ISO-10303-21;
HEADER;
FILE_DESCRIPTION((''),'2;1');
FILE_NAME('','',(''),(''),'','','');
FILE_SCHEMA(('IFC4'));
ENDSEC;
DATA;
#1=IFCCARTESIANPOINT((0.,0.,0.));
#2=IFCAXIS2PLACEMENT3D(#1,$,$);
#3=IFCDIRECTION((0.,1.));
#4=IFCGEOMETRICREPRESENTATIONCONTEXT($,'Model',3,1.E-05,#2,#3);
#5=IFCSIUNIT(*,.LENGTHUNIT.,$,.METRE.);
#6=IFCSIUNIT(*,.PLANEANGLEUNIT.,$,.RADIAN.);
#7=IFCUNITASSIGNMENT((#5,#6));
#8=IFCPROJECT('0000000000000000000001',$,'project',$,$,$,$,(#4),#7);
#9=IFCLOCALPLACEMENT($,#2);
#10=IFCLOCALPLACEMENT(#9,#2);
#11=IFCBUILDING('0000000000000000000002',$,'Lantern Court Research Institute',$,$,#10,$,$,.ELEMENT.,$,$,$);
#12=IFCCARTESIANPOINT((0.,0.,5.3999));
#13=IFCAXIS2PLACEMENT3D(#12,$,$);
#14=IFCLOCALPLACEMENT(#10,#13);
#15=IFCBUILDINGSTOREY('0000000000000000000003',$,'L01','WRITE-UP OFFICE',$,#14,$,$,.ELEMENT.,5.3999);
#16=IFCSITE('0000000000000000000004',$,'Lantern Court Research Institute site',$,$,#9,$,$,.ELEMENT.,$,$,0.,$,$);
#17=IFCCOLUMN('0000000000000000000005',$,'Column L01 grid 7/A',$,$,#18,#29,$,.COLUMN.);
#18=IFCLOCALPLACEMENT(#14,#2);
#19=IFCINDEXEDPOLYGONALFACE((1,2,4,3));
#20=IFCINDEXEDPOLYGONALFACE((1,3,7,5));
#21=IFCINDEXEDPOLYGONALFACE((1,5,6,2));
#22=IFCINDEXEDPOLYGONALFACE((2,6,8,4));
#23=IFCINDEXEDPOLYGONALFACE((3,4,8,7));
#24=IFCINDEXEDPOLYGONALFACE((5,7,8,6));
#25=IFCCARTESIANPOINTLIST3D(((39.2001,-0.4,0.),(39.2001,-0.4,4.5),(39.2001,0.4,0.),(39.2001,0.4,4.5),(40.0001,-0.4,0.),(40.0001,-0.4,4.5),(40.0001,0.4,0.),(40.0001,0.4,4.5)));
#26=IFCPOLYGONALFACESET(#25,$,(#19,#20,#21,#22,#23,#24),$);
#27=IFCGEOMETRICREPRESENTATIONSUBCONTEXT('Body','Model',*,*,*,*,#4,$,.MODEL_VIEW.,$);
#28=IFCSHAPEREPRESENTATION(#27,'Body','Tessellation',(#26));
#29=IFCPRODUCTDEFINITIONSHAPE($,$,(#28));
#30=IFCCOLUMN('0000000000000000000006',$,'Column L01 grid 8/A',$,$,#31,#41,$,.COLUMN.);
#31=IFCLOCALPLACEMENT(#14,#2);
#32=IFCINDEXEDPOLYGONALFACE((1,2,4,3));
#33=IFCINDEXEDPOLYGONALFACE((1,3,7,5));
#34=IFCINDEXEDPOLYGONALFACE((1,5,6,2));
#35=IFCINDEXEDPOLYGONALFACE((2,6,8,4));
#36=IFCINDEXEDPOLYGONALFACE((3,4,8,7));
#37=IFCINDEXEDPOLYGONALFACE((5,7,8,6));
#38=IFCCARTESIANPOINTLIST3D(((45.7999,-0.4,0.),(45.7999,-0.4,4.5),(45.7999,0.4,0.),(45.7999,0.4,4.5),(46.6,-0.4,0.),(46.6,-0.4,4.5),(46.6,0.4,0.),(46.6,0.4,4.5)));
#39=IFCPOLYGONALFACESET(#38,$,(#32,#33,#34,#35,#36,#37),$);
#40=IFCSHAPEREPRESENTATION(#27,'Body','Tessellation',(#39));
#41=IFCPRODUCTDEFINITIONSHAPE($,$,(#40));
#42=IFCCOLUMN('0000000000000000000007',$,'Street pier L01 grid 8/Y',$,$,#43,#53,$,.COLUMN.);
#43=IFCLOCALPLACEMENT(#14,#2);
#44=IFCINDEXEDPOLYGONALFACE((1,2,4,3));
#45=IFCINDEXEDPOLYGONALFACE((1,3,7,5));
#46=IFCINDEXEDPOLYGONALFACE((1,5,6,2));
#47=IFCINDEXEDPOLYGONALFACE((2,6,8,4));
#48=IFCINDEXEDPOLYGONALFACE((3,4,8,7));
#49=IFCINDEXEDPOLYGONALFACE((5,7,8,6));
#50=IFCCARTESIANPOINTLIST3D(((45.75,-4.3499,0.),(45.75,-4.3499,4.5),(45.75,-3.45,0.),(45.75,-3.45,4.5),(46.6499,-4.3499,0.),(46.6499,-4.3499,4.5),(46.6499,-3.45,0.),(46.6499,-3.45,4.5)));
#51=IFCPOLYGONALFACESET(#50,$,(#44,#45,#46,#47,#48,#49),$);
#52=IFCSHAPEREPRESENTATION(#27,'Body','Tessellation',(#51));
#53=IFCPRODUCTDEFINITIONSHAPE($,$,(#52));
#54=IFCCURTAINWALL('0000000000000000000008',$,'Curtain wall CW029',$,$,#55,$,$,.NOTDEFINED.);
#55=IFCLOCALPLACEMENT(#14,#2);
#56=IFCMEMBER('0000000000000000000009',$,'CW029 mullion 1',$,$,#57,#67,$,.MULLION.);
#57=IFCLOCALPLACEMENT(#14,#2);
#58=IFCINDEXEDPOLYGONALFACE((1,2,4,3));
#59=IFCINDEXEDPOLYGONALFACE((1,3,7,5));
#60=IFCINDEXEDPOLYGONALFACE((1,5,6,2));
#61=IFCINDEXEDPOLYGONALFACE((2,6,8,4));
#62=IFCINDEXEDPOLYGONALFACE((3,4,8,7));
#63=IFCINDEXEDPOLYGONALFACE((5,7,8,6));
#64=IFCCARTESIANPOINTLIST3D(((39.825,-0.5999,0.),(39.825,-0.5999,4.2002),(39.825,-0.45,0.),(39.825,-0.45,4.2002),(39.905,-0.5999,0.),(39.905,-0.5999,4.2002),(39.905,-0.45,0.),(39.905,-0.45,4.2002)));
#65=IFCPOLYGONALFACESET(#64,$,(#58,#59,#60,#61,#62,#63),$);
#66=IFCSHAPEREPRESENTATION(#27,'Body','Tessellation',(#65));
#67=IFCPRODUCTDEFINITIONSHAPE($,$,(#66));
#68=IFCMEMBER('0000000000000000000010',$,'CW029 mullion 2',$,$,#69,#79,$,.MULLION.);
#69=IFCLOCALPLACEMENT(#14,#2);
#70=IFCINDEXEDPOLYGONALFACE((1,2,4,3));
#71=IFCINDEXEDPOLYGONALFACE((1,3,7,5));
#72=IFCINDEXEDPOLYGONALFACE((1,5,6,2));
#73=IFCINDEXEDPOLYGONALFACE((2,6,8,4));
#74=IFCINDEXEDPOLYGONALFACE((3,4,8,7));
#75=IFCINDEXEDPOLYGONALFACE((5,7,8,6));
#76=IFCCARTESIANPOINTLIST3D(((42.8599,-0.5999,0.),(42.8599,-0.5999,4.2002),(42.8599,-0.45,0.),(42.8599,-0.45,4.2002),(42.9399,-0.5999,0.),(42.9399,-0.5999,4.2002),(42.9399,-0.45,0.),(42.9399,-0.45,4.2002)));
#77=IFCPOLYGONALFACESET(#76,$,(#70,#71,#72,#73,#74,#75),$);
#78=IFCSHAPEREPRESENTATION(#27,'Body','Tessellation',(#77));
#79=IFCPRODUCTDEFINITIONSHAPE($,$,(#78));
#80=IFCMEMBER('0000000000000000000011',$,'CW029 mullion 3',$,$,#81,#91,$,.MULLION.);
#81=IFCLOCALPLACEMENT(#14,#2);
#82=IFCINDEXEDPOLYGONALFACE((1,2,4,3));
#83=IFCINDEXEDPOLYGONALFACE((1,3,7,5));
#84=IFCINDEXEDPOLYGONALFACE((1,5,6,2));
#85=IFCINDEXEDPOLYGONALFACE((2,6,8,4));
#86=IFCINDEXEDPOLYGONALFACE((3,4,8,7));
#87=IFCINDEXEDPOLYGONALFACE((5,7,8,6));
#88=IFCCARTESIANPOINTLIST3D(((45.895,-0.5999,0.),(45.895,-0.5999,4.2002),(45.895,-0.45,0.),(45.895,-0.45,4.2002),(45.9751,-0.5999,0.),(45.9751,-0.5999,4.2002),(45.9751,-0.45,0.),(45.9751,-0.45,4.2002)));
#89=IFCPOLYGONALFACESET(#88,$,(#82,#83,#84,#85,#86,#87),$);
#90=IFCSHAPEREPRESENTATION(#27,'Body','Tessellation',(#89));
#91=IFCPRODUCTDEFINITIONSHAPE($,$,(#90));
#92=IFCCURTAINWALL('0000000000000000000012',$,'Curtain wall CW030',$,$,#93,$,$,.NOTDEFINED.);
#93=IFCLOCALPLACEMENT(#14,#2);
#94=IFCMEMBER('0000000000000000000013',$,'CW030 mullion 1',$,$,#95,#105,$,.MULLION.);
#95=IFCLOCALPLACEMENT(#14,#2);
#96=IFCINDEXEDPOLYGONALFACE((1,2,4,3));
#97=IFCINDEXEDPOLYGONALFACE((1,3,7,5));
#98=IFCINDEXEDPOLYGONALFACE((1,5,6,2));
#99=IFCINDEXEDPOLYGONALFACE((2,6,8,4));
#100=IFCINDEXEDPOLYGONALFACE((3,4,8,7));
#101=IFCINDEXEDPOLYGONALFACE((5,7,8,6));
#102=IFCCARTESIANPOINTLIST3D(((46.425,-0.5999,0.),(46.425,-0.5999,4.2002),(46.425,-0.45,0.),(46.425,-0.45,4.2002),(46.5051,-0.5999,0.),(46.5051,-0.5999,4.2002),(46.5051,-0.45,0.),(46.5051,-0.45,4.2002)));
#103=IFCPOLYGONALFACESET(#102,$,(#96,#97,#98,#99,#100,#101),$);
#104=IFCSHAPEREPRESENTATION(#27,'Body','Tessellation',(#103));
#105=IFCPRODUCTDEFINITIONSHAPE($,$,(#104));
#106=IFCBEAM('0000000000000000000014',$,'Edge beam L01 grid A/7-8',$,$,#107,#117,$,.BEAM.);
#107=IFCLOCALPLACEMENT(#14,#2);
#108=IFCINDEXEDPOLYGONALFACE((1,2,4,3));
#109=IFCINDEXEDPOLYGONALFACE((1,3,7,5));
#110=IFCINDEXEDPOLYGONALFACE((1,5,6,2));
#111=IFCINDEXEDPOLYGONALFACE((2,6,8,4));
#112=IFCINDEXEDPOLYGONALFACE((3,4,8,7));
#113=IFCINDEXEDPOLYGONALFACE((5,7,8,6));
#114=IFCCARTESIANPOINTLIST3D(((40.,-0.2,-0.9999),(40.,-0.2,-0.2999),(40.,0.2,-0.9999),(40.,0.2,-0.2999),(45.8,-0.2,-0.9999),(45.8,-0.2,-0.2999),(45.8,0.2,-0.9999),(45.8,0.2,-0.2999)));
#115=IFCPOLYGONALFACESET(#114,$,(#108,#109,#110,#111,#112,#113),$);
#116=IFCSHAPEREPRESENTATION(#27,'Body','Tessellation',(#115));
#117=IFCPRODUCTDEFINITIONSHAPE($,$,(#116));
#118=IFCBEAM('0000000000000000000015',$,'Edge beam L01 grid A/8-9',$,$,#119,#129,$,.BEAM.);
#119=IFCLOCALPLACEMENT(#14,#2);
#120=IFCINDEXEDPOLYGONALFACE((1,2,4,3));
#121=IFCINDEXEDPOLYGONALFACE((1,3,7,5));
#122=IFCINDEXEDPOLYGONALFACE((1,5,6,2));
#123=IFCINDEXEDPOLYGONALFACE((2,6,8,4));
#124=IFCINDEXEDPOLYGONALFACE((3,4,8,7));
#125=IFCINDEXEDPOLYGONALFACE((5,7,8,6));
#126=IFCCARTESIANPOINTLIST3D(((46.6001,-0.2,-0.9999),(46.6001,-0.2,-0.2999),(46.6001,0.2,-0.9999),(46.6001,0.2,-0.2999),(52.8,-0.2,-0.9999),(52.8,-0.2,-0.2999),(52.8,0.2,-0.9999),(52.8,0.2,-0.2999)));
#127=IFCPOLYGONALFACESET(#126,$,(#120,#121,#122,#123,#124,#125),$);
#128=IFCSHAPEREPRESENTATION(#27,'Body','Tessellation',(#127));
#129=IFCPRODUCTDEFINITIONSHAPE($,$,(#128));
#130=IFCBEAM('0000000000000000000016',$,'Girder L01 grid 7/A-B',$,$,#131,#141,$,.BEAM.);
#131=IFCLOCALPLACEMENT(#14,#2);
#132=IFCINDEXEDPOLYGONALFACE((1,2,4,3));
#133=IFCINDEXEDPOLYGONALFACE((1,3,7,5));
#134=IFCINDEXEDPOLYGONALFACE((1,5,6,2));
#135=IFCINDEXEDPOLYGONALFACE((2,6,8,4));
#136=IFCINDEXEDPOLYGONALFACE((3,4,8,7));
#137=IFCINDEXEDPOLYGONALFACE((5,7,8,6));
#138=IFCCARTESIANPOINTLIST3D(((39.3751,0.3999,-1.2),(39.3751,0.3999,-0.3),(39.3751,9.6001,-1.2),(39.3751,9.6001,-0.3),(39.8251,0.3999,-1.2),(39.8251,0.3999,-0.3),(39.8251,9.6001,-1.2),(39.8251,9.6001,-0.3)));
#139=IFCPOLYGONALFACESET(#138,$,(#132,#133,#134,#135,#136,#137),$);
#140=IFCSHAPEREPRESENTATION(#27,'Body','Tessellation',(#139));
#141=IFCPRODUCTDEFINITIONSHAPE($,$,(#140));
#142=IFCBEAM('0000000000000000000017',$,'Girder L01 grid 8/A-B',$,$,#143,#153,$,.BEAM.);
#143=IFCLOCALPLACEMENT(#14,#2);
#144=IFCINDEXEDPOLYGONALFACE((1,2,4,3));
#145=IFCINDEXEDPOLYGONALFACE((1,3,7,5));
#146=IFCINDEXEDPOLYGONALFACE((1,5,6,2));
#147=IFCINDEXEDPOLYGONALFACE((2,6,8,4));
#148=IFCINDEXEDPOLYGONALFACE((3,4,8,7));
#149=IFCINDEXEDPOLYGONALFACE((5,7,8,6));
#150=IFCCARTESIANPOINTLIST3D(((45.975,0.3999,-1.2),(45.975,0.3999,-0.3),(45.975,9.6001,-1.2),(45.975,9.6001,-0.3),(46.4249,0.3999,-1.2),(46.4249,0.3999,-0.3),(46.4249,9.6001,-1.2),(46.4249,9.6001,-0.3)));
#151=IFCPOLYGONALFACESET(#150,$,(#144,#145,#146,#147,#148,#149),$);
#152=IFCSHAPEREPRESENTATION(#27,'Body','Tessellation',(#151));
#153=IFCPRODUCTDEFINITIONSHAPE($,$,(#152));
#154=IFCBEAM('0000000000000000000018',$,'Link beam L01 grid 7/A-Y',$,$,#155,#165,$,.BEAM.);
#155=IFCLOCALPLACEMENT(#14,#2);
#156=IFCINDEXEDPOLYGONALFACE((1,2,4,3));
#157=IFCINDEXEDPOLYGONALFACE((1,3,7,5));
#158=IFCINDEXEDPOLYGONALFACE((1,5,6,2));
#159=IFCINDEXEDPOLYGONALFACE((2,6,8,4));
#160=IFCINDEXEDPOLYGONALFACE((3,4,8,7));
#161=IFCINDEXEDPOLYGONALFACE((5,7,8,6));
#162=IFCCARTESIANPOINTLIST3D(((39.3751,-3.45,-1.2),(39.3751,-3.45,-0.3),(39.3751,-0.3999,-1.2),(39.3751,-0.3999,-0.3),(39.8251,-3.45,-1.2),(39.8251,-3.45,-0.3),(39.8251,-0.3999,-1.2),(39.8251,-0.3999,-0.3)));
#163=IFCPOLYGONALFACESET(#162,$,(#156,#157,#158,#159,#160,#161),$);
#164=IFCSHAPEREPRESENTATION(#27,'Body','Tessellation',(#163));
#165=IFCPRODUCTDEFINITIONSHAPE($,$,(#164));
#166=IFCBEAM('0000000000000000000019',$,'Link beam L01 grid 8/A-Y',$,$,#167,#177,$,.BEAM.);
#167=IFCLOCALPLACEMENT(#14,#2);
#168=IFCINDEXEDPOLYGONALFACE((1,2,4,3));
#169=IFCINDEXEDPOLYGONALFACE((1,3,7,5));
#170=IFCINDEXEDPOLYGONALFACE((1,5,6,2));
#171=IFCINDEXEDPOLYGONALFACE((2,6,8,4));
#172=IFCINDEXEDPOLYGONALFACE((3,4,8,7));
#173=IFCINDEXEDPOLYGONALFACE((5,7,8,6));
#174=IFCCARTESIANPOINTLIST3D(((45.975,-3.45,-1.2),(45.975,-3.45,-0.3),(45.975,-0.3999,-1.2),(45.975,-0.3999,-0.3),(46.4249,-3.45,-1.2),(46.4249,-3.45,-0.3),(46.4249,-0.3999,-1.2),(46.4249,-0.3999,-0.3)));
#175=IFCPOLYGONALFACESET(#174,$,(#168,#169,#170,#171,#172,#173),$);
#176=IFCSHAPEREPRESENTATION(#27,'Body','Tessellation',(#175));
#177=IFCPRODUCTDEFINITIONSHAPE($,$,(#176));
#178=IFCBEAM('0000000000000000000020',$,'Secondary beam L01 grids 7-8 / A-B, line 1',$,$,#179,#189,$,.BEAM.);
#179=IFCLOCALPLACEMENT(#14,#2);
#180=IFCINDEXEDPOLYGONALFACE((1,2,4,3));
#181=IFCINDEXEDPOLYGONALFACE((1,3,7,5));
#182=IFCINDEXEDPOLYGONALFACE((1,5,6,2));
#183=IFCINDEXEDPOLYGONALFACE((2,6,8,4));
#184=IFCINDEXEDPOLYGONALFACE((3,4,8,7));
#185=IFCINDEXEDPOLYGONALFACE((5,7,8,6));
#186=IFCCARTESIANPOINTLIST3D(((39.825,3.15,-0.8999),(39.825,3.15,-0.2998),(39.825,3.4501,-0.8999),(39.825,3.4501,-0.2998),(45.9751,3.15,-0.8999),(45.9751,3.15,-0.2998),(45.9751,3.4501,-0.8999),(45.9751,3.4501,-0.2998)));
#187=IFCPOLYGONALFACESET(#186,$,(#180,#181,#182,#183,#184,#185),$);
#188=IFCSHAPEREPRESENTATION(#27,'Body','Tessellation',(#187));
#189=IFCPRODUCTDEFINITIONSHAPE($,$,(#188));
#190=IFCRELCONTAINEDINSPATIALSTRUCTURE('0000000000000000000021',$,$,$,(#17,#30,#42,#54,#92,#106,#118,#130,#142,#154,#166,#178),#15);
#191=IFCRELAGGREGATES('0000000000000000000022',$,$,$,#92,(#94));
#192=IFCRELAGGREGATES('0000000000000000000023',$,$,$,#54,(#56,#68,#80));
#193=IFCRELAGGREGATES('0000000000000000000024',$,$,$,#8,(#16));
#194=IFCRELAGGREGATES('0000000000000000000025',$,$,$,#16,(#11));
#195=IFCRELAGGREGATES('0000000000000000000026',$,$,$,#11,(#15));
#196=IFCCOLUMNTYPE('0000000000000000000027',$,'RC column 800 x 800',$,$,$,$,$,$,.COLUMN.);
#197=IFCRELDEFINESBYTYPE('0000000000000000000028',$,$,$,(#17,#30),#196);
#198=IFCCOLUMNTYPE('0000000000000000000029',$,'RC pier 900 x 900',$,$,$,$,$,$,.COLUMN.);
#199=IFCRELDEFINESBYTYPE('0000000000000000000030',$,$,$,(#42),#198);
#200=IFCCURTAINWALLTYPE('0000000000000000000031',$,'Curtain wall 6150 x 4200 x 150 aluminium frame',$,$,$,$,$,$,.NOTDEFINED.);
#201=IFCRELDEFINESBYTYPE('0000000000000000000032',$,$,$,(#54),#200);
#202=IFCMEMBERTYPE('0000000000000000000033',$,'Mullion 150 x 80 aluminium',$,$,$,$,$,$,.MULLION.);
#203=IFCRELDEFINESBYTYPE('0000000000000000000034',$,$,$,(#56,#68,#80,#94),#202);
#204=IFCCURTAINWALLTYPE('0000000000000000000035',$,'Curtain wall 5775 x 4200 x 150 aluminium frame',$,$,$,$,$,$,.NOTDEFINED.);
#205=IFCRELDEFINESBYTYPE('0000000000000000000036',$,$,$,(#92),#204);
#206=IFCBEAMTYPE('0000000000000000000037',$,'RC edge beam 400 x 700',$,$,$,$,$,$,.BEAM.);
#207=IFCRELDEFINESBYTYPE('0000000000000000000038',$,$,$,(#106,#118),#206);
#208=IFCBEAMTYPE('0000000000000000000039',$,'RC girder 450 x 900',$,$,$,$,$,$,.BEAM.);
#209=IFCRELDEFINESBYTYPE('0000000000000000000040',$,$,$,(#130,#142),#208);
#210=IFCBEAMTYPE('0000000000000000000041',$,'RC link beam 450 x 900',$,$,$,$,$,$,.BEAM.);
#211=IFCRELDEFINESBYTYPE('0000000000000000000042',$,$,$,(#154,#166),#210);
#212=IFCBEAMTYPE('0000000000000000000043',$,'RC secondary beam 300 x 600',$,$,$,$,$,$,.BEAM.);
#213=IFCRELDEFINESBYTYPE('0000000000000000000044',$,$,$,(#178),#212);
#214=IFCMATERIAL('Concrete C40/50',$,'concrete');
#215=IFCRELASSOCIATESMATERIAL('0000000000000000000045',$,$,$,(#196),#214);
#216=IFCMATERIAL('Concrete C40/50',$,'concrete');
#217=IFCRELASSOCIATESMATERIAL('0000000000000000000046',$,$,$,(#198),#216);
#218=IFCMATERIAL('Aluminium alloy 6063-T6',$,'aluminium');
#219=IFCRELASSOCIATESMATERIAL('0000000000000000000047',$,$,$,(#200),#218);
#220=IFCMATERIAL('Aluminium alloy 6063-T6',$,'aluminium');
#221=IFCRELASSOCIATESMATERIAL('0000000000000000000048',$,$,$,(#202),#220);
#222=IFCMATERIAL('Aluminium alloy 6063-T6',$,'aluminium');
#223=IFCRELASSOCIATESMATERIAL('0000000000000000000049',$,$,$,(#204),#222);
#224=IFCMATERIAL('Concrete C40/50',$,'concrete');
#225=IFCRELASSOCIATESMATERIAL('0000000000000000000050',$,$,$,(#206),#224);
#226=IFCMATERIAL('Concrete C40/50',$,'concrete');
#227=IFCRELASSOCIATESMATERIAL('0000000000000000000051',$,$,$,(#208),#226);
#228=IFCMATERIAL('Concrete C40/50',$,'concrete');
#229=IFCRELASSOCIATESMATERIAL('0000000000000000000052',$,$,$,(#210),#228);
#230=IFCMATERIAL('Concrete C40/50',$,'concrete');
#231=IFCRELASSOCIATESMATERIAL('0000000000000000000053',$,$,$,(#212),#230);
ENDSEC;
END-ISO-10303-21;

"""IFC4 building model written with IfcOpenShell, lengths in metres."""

from ifc_helpers import new_model, si_unit, direction, frame, origin, origin_2d, place, context, subcontext, project, spatial, rectangle, extrude, material, material_profile, profile_set, type_object, element, aggregate, save


model = new_model("IFC4")

# Units and contexts
model_context = context("Model", 3, precision=1e-05, world=origin(), true_north=direction((0.0, 1.0)))
body_context = subcontext(model_context, "Body", "Model", "MODEL_VIEW")
ifc_project = project(units=[si_unit("LENGTHUNIT", "METRE"), si_unit("PLANEANGLEUNIT", "RADIAN")], contexts=[model_context])

# Site, building, storey
site_placement = place(None, origin())
site = spatial("IfcSite", under=ifc_project, at=site_placement, Name="Lantern Court Research Institute site", CompositionType="ELEMENT", RefElevation=0.0)
building_placement = place(site_placement, origin())
building = spatial("IfcBuilding", under=site, at=building_placement, Name="Lantern Court Research Institute", CompositionType="ELEMENT")
storey_placement = place(building_placement, frame((0.0, 0.0, 5.3999)))
storey = spatial("IfcBuildingStorey", under=building, at=storey_placement, Name="L01", Description="WRITE-UP OFFICE", CompositionType="ELEMENT", Elevation=5.3999)

# Columns
ifc_material_1 = material(Name="Concrete C40/50", Category="concrete")
ifc_material_profile_1 = material_profile(ifc_material_1, rectangle(XDim=0.8, YDim=0.8, at=origin_2d()), Name="RC column 800 x 800")
ifc_profile_set_1 = profile_set([ifc_material_profile_1], Name="Concrete C40/50")
column_type_1 = type_object("IfcColumnType", Name="RC column 800 x 800", PredefinedType="COLUMN", material=ifc_profile_set_1)
for number, where, z_axis, x_axis, name in (
    (1, (39.6001, 0.0, 0.0), (0.0, 0.0, 1.0), (1.0, 0.0, 0.0), "Column L01 grid 7/A"),
    (2, (46.2, 0.0, 0.0), (0.0, 0.0, 1.0), (1.0, 0.0, 0.0), "Column L01 grid 8/A"),
):
    element("IfcColumn", number, at=place(storey_placement, frame(where, z_axis=z_axis, x_axis=x_axis)), inside=storey, type_object=column_type_1, Name=name, PredefinedType="COLUMN", context=body_context, shape_type="SweptSolid", body=[
        extrude(rectangle(XDim=0.8, YDim=0.8, at=origin_2d()), origin(), (0.0, 0.0, 1.0), 4.5),
    ])
ifc_material_2 = material(Name="Concrete C40/50", Category="concrete")
ifc_material_profile_2 = material_profile(ifc_material_2, rectangle(XDim=0.8999, YDim=0.8999, at=origin_2d()), Name="RC column 900 x 900")
ifc_profile_set_2 = profile_set([ifc_material_profile_2], Name="Concrete C40/50")
column_type_2 = type_object("IfcColumnType", Name="RC pier 900 x 900", PredefinedType="COLUMN", material=ifc_profile_set_2)
column_placement = place(storey_placement, frame((46.2, -3.8999, 0.0), z_axis=(0.0, 0.0, 1.0), x_axis=(1.0, 0.0, 0.0)))
element("IfcColumn", 3, at=column_placement, inside=storey, type_object=column_type_2, Name="Street pier L01 grid 8/Y", PredefinedType="COLUMN", context=body_context, shape_type="SweptSolid", body=[
    extrude(rectangle(XDim=0.8999, YDim=0.8999, at=origin_2d()), origin(), (0.0, 0.0, 1.0), 4.5),
])

# Curtain wall, members
ifc_material_3 = material(Name="Aluminium alloy 6063-T6", Category="aluminium")
curtain_wall_type_1 = type_object("IfcCurtainWallType", Name="Curtain wall 6150 x 4200 x 150 aluminium frame", PredefinedType="NOTDEFINED", material=ifc_material_3)
curtain_wall_1_placement = place(storey_placement, origin())
curtain_wall_1 = element("IfcCurtainWall", 4, at=curtain_wall_1_placement, inside=storey, type_object=curtain_wall_type_1, Name="Curtain wall CW029", PredefinedType="NOTDEFINED")
ifc_material_4 = material(Name="Aluminium alloy 6063-T6", Category="aluminium")
ifc_material_profile_3 = material_profile(ifc_material_4, rectangle(XDim=0.1499, YDim=0.0801, at=origin_2d()), Name="Mullion 150 x 80")
ifc_profile_set_3 = profile_set([ifc_material_profile_3], Name="Aluminium alloy 6063-T6")
member_type_1 = type_object("IfcMemberType", Name="Mullion 150 x 80 aluminium", PredefinedType="MULLION", material=ifc_profile_set_3)
member_1_placement = place(storey_placement, frame((39.865, -0.5249, 0.0), z_axis=(0.0, 0.0, 1.0), x_axis=(0.0, -1.0, 0.0)))
member_1 = element("IfcMember", 5, at=member_1_placement, type_object=member_type_1, Name="CW029 mullion 1", PredefinedType="MULLION", context=body_context, shape_type="SweptSolid", body=[
    extrude(rectangle(XDim=0.1499, YDim=0.0801, at=origin_2d()), origin(), (0.0, 0.0, 1.0), 4.2002),
])
member_2_placement = place(storey_placement, frame((42.8999, -0.5249, 0.0), z_axis=(0.0, 0.0, 1.0), x_axis=(0.0, -1.0, 0.0)))
member_2 = element("IfcMember", 6, at=member_2_placement, type_object=member_type_1, Name="CW029 mullion 2", PredefinedType="MULLION", context=body_context, shape_type="SweptSolid", body=[
    extrude(rectangle(XDim=0.1499, YDim=0.0801, at=origin_2d()), origin(), (0.0, 0.0, 1.0), 4.2002),
])
member_3_placement = place(storey_placement, frame((45.9351, -0.5249, 0.0), z_axis=(0.0, 0.0, 1.0), x_axis=(0.0, -1.0, 0.0)))
member_3 = element("IfcMember", 7, at=member_3_placement, type_object=member_type_1, Name="CW029 mullion 3", PredefinedType="MULLION", context=body_context, shape_type="SweptSolid", body=[
    extrude(rectangle(XDim=0.1499, YDim=0.0801, at=origin_2d()), origin(), (0.0, 0.0, 1.0), 4.2002),
])

# Curtain wall, member
ifc_material_5 = material(Name="Aluminium alloy 6063-T6", Category="aluminium")
curtain_wall_type_2 = type_object("IfcCurtainWallType", Name="Curtain wall 5775 x 4200 x 150 aluminium frame", PredefinedType="NOTDEFINED", material=ifc_material_5)
curtain_wall_2_placement = place(storey_placement, origin())
curtain_wall_2 = element("IfcCurtainWall", 8, at=curtain_wall_2_placement, inside=storey, type_object=curtain_wall_type_2, Name="Curtain wall CW030", PredefinedType="NOTDEFINED")
member_4_placement = place(storey_placement, frame((46.4651, -0.5249, 0.0), z_axis=(0.0, 0.0, 1.0), x_axis=(0.0, -1.0, 0.0)))
member_4 = element("IfcMember", 9, at=member_4_placement, type_object=member_type_1, Name="CW030 mullion 1", PredefinedType="MULLION", context=body_context, shape_type="SweptSolid", body=[
    extrude(rectangle(XDim=0.1499, YDim=0.0801, at=origin_2d()), origin(), (0.0, 0.0, 1.0), 4.2002),
])
aggregate(curtain_wall_2, [member_4])

# Beams
ifc_material_6 = material(Name="Concrete C40/50", Category="concrete")
ifc_material_profile_4 = material_profile(ifc_material_6, rectangle(XDim=0.3999, YDim=0.7, at=origin_2d()), Name="RC beam 400 x 700")
ifc_profile_set_4 = profile_set([ifc_material_profile_4], Name="Concrete C40/50")
beam_type_1 = type_object("IfcBeamType", Name="RC edge beam 400 x 700", PredefinedType="BEAM", material=ifc_profile_set_4)
beam_1_placement = place(storey_placement, frame((40.0, 0.0, -0.6499), z_axis=(1.0, 0.0, 0.0), x_axis=(0.0, 1.0, 0.0)))
element("IfcBeam", 10, at=beam_1_placement, inside=storey, type_object=beam_type_1, Name="Edge beam L01 grid A/7-8", PredefinedType="BEAM", context=body_context, shape_type="SweptSolid", body=[
    extrude(rectangle(XDim=0.3999, YDim=0.7, at=origin_2d()), origin(), (0.0, 0.0, 1.0), 5.8),
])
beam_2_placement = place(storey_placement, frame((46.6001, 0.0, -0.6499), z_axis=(1.0, 0.0, 0.0), x_axis=(0.0, 1.0, 0.0)))
element("IfcBeam", 11, at=beam_2_placement, inside=storey, type_object=beam_type_1, Name="Edge beam L01 grid A/8-9", PredefinedType="BEAM", context=body_context, shape_type="SweptSolid", body=[
    extrude(rectangle(XDim=0.3999, YDim=0.7, at=origin_2d()), origin(), (0.0, 0.0, 1.0), 6.2),
])
ifc_material_7 = material(Name="Concrete C40/50", Category="concrete")
ifc_material_profile_5 = material_profile(ifc_material_7, rectangle(XDim=0.45, YDim=0.8999, at=origin_2d()), Name="RC beam 450 x 900")
ifc_profile_set_5 = profile_set([ifc_material_profile_5], Name="Concrete C40/50")
beam_type_2 = type_object("IfcBeamType", Name="RC girder 450 x 900", PredefinedType="BEAM", material=ifc_profile_set_5)
for number, where, z_axis, x_axis, name in (
    (12, (39.6001, 0.3999, -0.75), (0.0, 1.0, 0.0), (-1.0, 0.0, 0.0), "Girder L01 grid 7/A-B"),
    (13, (46.2, 0.3999, -0.75), (0.0, 1.0, 0.0), (-1.0, 0.0, 0.0), "Girder L01 grid 8/A-B"),
):
    element("IfcBeam", number, at=place(storey_placement, frame(where, z_axis=z_axis, x_axis=x_axis)), inside=storey, type_object=beam_type_2, Name=name, PredefinedType="BEAM", context=body_context, shape_type="SweptSolid", body=[
        extrude(rectangle(XDim=0.45, YDim=0.8999, at=origin_2d()), origin(), (0.0, 0.0, 1.0), 9.2002),
    ])
ifc_material_8 = material(Name="Concrete C40/50", Category="concrete")
ifc_material_profile_6 = material_profile(ifc_material_8, rectangle(XDim=0.45, YDim=0.8999, at=origin_2d()), Name="RC beam 450 x 900")
ifc_profile_set_6 = profile_set([ifc_material_profile_6], Name="Concrete C40/50")
beam_type_3 = type_object("IfcBeamType", Name="RC link beam 450 x 900", PredefinedType="BEAM", material=ifc_profile_set_6)
for number, where, z_axis, x_axis, name in (
    (14, (39.6001, -0.3999, -0.75), (0.0, -1.0, 0.0), (1.0, 0.0, 0.0), "Link beam L01 grid 7/A-Y"),
    (15, (46.2, -0.3999, -0.75), (0.0, -1.0, 0.0), (1.0, 0.0, 0.0), "Link beam L01 grid 8/A-Y"),
):
    element("IfcBeam", number, at=place(storey_placement, frame(where, z_axis=z_axis, x_axis=x_axis)), inside=storey, type_object=beam_type_3, Name=name, PredefinedType="BEAM", context=body_context, shape_type="SweptSolid", body=[
        extrude(rectangle(XDim=0.45, YDim=0.8999, at=origin_2d()), origin(), (0.0, 0.0, 1.0), 3.05),
    ])
ifc_material_9 = material(Name="Concrete C40/50", Category="concrete")
ifc_material_profile_7 = material_profile(ifc_material_9, rectangle(XDim=0.3, YDim=0.6001, at=origin_2d()), Name="RC beam 300 x 600")
ifc_profile_set_7 = profile_set([ifc_material_profile_7], Name="Concrete C40/50")
beam_type_4 = type_object("IfcBeamType", Name="RC secondary beam 300 x 600", PredefinedType="BEAM", material=ifc_profile_set_7)
beam_3_placement = place(storey_placement, frame((39.825, 3.3, -0.5999), z_axis=(1.0, 0.0, 0.0), x_axis=(0.0, 1.0, 0.0)))
element("IfcBeam", 16, at=beam_3_placement, inside=storey, type_object=beam_type_4, Name="Secondary beam L01 grids 7-8 / A-B, line 1", PredefinedType="BEAM", context=body_context, shape_type="SweptSolid", body=[
    extrude(rectangle(XDim=0.3, YDim=0.6001, at=origin_2d()), origin(), (0.0, 0.0, 1.0), 6.1501),
])

aggregate(curtain_wall_1, [member_1, member_2, member_3])

save(model, "model.ifc")
